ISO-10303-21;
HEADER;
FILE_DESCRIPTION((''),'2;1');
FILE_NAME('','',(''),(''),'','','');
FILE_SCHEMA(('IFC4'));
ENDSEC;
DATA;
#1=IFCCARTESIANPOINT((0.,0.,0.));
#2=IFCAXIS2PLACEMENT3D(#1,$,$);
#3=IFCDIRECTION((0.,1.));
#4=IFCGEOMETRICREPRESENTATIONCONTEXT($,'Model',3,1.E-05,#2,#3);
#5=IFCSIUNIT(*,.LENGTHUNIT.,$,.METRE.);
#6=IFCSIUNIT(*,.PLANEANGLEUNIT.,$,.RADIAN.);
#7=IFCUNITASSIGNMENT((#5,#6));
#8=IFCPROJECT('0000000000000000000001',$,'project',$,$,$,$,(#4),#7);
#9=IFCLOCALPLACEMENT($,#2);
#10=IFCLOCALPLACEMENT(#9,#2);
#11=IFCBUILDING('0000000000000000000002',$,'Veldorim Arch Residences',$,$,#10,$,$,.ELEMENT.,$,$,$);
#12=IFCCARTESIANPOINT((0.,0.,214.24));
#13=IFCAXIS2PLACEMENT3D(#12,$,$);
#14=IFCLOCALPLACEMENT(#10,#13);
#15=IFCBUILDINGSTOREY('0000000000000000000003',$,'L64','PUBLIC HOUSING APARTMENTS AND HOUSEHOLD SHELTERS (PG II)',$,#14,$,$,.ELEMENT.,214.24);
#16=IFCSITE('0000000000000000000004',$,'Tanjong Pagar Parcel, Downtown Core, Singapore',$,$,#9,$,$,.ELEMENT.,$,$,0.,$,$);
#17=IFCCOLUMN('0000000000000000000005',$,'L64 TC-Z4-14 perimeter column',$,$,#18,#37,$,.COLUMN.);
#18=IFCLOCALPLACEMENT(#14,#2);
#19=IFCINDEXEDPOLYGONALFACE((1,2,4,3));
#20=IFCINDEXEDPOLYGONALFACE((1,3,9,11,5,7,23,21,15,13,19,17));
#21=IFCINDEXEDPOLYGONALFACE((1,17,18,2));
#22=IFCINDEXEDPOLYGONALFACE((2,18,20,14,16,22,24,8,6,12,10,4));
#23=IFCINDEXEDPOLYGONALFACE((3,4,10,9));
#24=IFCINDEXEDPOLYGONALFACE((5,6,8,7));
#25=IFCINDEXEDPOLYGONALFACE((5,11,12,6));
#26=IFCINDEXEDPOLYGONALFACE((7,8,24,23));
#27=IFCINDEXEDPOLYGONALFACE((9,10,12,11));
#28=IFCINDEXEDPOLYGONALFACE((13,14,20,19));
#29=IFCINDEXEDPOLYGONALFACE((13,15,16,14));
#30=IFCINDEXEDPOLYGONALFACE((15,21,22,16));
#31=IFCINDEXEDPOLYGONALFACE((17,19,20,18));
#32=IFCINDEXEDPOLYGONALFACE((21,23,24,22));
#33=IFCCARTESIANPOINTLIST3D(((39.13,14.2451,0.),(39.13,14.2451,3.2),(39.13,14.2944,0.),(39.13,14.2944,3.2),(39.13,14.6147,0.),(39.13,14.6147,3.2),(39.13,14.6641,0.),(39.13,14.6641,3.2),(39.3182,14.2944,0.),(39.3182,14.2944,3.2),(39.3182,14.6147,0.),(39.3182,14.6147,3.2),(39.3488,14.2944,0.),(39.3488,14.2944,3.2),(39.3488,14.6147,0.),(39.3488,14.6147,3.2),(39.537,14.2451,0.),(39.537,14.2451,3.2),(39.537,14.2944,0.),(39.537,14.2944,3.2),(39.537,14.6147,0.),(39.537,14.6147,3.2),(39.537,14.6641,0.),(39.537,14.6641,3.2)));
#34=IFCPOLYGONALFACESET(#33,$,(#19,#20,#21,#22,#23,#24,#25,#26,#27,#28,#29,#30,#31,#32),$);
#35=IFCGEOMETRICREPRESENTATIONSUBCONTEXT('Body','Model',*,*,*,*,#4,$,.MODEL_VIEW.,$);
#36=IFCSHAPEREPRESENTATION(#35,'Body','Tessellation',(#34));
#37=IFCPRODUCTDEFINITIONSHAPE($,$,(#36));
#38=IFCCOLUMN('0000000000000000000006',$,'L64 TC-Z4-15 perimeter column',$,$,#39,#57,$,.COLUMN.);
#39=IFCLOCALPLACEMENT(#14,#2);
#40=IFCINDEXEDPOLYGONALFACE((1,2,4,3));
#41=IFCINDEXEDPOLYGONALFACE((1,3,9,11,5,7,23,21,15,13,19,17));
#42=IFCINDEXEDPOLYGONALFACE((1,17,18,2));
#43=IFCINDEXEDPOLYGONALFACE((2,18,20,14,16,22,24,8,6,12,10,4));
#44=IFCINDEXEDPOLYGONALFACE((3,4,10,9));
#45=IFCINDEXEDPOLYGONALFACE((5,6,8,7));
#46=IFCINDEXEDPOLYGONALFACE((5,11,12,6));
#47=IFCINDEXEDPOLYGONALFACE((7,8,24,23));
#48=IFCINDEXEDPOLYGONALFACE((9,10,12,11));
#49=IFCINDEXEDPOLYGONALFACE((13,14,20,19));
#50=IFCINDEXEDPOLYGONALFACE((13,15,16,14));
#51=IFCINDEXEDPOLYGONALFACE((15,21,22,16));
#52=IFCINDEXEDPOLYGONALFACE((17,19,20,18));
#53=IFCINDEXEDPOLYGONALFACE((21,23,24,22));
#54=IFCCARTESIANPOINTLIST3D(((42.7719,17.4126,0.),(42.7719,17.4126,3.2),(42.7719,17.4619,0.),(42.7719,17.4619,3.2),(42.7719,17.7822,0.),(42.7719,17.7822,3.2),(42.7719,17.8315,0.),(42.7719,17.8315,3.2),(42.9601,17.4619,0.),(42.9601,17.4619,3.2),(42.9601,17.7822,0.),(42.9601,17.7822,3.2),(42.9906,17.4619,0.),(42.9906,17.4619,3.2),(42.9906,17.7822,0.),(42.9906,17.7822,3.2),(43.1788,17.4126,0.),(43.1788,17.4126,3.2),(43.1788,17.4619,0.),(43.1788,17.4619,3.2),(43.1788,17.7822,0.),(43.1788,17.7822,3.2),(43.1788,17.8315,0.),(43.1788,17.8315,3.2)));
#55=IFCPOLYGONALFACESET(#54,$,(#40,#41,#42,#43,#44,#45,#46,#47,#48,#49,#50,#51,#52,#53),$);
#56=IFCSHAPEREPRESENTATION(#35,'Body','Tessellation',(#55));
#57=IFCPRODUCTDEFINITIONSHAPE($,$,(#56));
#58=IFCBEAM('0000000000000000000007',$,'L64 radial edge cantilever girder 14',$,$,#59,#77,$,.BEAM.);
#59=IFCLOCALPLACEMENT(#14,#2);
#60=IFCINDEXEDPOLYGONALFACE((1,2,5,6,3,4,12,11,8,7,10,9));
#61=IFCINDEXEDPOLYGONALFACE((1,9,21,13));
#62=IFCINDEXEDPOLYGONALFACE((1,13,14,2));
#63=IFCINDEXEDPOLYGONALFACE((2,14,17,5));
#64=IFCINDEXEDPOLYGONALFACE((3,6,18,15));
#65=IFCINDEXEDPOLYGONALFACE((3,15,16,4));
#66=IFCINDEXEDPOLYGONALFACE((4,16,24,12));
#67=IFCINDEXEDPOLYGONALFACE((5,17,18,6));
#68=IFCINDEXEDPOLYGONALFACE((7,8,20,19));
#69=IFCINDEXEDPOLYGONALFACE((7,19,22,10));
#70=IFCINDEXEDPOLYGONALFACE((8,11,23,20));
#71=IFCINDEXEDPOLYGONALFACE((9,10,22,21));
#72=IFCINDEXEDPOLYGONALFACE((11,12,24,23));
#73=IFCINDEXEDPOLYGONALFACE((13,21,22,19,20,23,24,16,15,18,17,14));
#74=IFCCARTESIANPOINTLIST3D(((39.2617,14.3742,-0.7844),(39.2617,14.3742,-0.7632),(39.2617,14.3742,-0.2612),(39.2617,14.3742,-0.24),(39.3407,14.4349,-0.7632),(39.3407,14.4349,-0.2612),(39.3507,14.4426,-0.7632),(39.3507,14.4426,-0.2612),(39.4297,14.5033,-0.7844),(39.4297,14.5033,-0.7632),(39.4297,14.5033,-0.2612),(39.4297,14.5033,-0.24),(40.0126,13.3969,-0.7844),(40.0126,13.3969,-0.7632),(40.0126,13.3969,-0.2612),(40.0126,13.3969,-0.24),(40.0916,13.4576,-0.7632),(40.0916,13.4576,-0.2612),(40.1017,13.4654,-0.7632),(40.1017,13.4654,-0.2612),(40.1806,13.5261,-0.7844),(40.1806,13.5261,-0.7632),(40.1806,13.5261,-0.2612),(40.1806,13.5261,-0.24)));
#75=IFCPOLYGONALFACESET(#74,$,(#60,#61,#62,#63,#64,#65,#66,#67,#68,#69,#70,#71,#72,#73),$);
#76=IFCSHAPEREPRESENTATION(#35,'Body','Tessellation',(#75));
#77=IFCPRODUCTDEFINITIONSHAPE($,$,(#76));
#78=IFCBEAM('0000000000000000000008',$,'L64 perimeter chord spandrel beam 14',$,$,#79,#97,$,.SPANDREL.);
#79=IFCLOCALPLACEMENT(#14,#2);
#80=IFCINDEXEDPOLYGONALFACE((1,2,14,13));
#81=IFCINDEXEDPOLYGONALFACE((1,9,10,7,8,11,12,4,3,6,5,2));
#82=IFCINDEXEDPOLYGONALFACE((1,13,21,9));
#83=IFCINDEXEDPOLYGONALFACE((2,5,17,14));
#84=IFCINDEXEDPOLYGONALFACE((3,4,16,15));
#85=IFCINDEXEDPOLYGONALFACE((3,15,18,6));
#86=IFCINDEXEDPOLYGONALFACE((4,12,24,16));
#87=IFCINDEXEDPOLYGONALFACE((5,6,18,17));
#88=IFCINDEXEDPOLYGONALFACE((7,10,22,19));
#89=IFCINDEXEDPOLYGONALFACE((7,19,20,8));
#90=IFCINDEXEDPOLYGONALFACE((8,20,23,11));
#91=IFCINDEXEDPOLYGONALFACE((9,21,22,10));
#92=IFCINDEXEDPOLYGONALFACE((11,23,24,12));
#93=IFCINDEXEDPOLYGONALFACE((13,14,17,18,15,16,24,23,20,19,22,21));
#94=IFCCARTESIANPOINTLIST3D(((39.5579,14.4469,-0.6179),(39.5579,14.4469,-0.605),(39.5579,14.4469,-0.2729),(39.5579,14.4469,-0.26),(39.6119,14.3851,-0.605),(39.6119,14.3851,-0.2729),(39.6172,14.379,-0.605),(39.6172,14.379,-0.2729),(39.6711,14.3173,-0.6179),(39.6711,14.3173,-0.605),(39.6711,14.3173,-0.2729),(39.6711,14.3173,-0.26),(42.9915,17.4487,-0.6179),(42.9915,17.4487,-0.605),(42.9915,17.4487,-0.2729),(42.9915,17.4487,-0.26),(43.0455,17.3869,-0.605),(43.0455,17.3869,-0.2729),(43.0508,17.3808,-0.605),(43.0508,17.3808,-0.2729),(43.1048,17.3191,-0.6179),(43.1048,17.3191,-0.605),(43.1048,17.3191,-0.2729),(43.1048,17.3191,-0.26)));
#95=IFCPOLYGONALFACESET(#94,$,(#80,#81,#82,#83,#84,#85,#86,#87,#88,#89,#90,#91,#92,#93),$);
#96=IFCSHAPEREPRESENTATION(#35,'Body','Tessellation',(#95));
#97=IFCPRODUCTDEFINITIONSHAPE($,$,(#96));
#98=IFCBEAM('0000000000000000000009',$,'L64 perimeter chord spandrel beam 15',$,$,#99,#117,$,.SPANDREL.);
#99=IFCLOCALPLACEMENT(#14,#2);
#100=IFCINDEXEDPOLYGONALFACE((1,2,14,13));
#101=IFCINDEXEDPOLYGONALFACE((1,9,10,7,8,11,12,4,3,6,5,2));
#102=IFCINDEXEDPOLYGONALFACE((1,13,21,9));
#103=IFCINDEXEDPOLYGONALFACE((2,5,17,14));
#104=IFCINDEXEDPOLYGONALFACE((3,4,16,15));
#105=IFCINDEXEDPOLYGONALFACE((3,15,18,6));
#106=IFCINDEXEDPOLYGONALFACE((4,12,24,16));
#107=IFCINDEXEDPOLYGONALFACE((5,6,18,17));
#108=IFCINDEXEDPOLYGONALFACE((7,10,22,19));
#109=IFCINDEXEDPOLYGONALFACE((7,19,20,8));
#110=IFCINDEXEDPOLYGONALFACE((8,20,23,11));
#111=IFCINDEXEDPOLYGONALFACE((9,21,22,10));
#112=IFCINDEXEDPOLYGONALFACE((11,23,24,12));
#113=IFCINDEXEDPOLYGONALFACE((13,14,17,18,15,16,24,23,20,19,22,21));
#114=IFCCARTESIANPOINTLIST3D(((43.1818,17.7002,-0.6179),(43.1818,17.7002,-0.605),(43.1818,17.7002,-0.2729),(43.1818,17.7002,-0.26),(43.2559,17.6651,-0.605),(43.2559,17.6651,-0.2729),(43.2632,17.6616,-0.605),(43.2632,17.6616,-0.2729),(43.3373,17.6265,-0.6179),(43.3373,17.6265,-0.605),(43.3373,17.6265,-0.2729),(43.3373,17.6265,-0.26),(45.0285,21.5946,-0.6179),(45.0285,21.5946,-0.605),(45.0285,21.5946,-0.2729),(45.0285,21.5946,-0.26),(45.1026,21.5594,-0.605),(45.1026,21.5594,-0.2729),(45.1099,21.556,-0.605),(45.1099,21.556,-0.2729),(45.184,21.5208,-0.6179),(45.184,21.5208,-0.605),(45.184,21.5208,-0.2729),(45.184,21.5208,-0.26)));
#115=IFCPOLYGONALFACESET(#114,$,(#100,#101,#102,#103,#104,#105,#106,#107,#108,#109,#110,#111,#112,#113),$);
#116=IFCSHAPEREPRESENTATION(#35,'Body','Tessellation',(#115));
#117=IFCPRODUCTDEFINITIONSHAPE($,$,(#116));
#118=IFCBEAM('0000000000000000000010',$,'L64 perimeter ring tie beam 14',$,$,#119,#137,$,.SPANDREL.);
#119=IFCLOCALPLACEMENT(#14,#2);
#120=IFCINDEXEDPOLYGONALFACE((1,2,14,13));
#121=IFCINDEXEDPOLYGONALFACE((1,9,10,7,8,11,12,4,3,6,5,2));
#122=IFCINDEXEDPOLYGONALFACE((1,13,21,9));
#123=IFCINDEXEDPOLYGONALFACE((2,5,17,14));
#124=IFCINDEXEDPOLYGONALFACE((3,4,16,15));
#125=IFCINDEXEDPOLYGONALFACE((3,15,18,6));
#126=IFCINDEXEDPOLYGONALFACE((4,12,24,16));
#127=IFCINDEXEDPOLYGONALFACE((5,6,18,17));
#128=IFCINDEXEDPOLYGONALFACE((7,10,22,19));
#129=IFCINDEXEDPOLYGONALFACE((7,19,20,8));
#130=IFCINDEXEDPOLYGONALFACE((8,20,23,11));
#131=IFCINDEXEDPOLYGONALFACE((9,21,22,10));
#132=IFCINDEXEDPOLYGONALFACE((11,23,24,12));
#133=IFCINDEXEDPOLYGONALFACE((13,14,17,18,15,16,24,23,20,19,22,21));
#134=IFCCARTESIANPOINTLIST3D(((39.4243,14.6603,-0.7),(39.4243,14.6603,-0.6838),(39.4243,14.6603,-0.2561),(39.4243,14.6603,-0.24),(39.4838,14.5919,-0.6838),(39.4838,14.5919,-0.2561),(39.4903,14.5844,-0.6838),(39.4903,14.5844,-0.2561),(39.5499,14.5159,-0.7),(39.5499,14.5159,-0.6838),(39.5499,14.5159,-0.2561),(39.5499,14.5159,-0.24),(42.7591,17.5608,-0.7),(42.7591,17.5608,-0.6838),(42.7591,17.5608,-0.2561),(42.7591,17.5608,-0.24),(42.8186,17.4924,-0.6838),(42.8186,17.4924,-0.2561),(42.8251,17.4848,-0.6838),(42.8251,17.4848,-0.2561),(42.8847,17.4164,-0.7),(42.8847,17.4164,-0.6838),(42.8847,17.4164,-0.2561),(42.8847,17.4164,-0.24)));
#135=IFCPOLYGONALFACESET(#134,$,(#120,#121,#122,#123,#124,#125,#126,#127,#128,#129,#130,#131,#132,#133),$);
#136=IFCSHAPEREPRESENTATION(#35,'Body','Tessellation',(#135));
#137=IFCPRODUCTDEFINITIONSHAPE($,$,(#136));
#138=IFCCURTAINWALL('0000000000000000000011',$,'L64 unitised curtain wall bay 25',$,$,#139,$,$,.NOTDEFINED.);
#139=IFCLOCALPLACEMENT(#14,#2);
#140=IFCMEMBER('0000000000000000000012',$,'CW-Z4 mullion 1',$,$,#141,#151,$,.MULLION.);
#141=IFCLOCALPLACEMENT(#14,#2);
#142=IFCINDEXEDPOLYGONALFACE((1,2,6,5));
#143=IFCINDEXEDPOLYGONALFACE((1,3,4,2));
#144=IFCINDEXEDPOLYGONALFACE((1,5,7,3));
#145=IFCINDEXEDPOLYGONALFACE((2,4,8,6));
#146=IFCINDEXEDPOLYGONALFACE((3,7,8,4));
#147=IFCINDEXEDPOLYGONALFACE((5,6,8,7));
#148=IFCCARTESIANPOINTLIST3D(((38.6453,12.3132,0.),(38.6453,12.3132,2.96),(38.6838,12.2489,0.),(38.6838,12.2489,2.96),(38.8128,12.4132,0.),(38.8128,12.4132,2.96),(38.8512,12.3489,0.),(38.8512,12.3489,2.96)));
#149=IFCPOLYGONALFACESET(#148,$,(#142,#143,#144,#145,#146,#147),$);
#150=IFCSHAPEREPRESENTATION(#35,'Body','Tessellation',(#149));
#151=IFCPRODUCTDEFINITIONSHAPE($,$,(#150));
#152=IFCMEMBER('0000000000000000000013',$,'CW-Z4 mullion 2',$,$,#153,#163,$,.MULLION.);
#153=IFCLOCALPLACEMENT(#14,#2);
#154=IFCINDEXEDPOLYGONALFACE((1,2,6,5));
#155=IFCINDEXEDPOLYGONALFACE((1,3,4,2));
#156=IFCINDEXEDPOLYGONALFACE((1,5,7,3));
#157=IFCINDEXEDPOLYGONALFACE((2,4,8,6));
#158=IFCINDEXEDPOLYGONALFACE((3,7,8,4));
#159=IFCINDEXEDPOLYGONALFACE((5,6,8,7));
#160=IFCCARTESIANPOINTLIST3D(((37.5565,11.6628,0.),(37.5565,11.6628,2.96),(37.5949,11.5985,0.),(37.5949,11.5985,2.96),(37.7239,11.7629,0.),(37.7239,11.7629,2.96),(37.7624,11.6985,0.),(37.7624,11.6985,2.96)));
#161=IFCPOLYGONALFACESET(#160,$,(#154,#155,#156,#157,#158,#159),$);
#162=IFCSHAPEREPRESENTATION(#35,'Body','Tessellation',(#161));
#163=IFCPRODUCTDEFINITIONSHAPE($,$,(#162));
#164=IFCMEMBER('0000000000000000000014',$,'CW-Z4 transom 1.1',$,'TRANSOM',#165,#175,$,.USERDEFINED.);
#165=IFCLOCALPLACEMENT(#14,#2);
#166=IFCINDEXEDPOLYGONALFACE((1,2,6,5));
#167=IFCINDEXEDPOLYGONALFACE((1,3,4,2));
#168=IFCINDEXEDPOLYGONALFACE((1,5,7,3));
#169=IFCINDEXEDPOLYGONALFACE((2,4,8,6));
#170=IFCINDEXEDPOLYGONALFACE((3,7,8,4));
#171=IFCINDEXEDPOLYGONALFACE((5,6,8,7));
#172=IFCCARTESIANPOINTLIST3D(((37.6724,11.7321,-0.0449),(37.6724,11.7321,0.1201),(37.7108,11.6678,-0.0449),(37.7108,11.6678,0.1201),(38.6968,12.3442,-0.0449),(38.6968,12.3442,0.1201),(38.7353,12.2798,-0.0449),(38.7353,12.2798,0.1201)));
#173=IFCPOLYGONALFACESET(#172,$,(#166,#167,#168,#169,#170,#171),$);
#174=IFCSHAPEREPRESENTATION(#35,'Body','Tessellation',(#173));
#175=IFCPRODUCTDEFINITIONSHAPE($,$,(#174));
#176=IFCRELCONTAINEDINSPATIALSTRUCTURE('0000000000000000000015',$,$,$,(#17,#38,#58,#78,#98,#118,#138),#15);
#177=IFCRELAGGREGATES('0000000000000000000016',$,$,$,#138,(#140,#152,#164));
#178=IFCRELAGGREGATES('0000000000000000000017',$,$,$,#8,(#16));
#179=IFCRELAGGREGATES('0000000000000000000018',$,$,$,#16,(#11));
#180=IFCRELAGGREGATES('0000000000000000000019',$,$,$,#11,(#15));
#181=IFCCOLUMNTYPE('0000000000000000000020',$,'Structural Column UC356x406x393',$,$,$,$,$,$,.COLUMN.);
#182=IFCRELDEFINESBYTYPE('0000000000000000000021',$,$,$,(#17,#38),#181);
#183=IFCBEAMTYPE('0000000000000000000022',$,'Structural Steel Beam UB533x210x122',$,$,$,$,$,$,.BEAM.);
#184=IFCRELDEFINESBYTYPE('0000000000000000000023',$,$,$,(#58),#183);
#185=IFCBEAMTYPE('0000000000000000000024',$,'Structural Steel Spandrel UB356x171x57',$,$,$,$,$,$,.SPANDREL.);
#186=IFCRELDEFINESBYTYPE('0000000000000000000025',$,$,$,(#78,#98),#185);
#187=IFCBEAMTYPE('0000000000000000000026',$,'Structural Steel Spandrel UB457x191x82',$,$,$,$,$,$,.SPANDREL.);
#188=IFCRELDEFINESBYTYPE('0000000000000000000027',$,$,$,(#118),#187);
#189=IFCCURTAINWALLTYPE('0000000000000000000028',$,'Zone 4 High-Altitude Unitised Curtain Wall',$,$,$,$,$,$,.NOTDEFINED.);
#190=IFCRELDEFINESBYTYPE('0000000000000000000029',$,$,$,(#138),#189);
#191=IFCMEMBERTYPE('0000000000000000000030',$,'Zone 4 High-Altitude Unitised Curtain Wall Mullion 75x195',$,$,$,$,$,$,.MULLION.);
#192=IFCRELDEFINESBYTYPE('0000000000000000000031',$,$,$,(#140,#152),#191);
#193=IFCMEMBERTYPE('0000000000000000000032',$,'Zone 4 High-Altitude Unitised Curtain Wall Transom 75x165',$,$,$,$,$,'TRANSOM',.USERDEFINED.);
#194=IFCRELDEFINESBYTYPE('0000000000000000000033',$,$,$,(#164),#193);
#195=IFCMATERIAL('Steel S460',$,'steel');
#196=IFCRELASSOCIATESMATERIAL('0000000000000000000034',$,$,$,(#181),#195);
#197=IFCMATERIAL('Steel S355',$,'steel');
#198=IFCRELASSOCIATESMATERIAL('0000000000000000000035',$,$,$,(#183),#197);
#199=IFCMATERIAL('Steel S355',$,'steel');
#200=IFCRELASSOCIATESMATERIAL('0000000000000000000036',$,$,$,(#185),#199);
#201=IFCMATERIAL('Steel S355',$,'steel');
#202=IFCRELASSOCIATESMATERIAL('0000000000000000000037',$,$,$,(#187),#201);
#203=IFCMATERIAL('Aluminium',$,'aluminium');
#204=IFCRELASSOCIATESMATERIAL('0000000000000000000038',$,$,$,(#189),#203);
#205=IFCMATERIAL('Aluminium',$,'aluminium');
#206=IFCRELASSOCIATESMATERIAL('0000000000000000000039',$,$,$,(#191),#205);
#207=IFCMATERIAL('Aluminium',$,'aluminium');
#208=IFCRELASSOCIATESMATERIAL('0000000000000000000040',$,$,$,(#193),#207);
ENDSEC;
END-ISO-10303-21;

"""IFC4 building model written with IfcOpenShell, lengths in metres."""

from ifc_helpers import new_model, si_unit, direction, frame, origin, origin_2d, place, context, subcontext, project, spatial, rectangle, i_section, extrude, material, material_profile, profile_set, type_object, element, aggregate, save


model = new_model("IFC4")

# Units and contexts
model_context = context("Model", 3, precision=1e-05, world=origin(), true_north=direction((0.0, 1.0)))
body_context = subcontext(model_context, "Body", "Model", "MODEL_VIEW")
ifc_project = project(units=[si_unit("LENGTHUNIT", "METRE"), si_unit("PLANEANGLEUNIT", "RADIAN")], contexts=[model_context])

# Site, building, storey
site_placement = place(None, origin())
site = spatial("IfcSite", under=ifc_project, at=site_placement, Name="Tanjong Pagar Parcel, Downtown Core, Singapore", CompositionType="ELEMENT", RefElevation=0.0)
building_placement = place(site_placement, origin())
building = spatial("IfcBuilding", under=site, at=building_placement, Name="Veldorim Arch Residences", CompositionType="ELEMENT")
storey_placement = place(building_placement, frame((0.0, 0.0, 214.24)))
storey = spatial("IfcBuildingStorey", under=building, at=storey_placement, Name="L64", Description="PUBLIC HOUSING APARTMENTS AND HOUSEHOLD SHELTERS (PG II)", CompositionType="ELEMENT", Elevation=214.24)

# Columns
ifc_material_1 = material(Name="Steel S460", Category="steel")
ifc_material_profile_1 = material_profile(ifc_material_1, i_section(OverallWidth=0.407, OverallDepth=0.4189, WebThickness=0.0305, FlangeThickness=0.0493, at=origin_2d()), Name="UC356x406x393")
ifc_profile_set_1 = profile_set([ifc_material_profile_1], Name="Steel S460")
column_type = type_object("IfcColumnType", Name="Structural Column UC356x406x393", PredefinedType="COLUMN", material=ifc_profile_set_1)
for number, where, z_axis, x_axis, name in (
    (1, (39.3335, 14.4546, 0.0), (0.0, 0.0, 1.0), (1.0, 0.0, 0.0), "L64 TC-Z4-14 perimeter column"),
    (2, (42.9753, 17.6221, 0.0), (0.0, 0.0, 1.0), (1.0, 0.0, 0.0), "L64 TC-Z4-15 perimeter column"),
):
    element("IfcColumn", number, at=place(storey_placement, frame(where, z_axis=z_axis, x_axis=x_axis)), inside=storey, type_object=column_type, Name=name, PredefinedType="COLUMN", context=body_context, shape_type="SweptSolid", body=[
        extrude(i_section(OverallWidth=0.407, OverallDepth=0.4189, WebThickness=0.0305, FlangeThickness=0.0493, at=origin_2d()), origin(), (0.0, 0.0, 1.0), 3.2),
    ])

# Beams
ifc_material_2 = material(Name="Steel S355", Category="steel")
ifc_material_profile_2 = material_profile(ifc_material_2, i_section(OverallWidth=0.2119, OverallDepth=0.5444, WebThickness=0.0127, FlangeThickness=0.0212, at=origin_2d()), Name="UB533x210x122")
ifc_profile_set_2 = profile_set([ifc_material_profile_2], Name="Steel S355")
beam_type_1 = type_object("IfcBeamType", Name="Structural Steel Beam UB533x210x122", PredefinedType="BEAM", material=ifc_profile_set_2)
beam_1_placement = place(storey_placement, frame((39.3457, 14.4387, -0.5122), z_axis=(0.609309, -0.792933, 0.0), x_axis=(0.792933, 0.609309, 0.0)))
element("IfcBeam", 3, at=beam_1_placement, inside=storey, type_object=beam_type_1, Name="L64 radial edge cantilever girder 14", PredefinedType="BEAM", context=body_context, shape_type="SweptSolid", body=[
    extrude(i_section(OverallWidth=0.2119, OverallDepth=0.5444, WebThickness=0.0127, FlangeThickness=0.0212, at=origin_2d()), origin(), (0.0, 0.0, 1.0), 1.2324),
])
ifc_material_3 = material(Name="Steel S355", Category="steel")
ifc_material_profile_3 = material_profile(ifc_material_3, i_section(OverallWidth=0.1721, OverallDepth=0.3579, WebThickness=0.0081, FlangeThickness=0.0129, at=origin_2d()), Name="UB356x171x57")
ifc_profile_set_3 = profile_set([ifc_material_profile_3], Name="Steel S355")
beam_type_2 = type_object("IfcBeamType", Name="Structural Steel Spandrel UB356x171x57", PredefinedType="SPANDREL", material=ifc_profile_set_3)
beam_2_placement = place(storey_placement, frame((39.6145, 14.3821, -0.439), z_axis=(0.752868, 0.658171, 0.0), x_axis=(-0.658171, 0.752868, 0.0)))
element("IfcBeam", 4, at=beam_2_placement, inside=storey, type_object=beam_type_2, Name="L64 perimeter chord spandrel beam 14", PredefinedType="SPANDREL", context=body_context, shape_type="SweptSolid", body=[
    extrude(i_section(OverallWidth=0.1721, OverallDepth=0.3579, WebThickness=0.0081, FlangeThickness=0.0129, at=origin_2d()), origin(), (0.0, 0.0, 1.0), 4.5608),
])
beam_3_placement = place(storey_placement, frame((43.2595, 17.6633, -0.439), z_axis=(0.428469, 0.903557, 0.0), x_axis=(-0.903557, 0.428469, 0.0)))
element("IfcBeam", 5, at=beam_3_placement, inside=storey, type_object=beam_type_2, Name="L64 perimeter chord spandrel beam 15", PredefinedType="SPANDREL", context=body_context, shape_type="SweptSolid", body=[
    extrude(i_section(OverallWidth=0.1721, OverallDepth=0.3579, WebThickness=0.0081, FlangeThickness=0.0129, at=origin_2d()), origin(), (0.0, 0.0, 1.0), 4.3101),
])
ifc_material_4 = material(Name="Steel S355", Category="steel")
ifc_material_profile_4 = material_profile(ifc_material_4, i_section(OverallWidth=0.1914, OverallDepth=0.46, WebThickness=0.01, FlangeThickness=0.0161, at=origin_2d()), Name="UB457x191x82")
ifc_profile_set_4 = profile_set([ifc_material_profile_4], Name="Steel S355")
beam_type_3 = type_object("IfcBeamType", Name="Structural Steel Spandrel UB457x191x82", PredefinedType="SPANDREL", material=ifc_profile_set_4)
beam_4_placement = place(storey_placement, frame((39.4871, 14.5881, -0.47), z_axis=(0.754534, 0.656261, 0.0), x_axis=(-0.656261, 0.754534, 0.0)))
element("IfcBeam", 6, at=beam_4_placement, inside=storey, type_object=beam_type_3, Name="L64 perimeter ring tie beam 14", PredefinedType="SPANDREL", context=body_context, shape_type="SweptSolid", body=[
    extrude(i_section(OverallWidth=0.1914, OverallDepth=0.46, WebThickness=0.01, FlangeThickness=0.0161, at=origin_2d()), origin(), (0.0, 0.0, 1.0), 4.4197),
])

# Curtain wall, members
ifc_material_5 = material(Name="Aluminium", Category="aluminium")
curtain_wall_type = type_object("IfcCurtainWallType", Name="Zone 4 High-Altitude Unitised Curtain Wall", PredefinedType="NOTDEFINED", material=ifc_material_5)
curtain_wall_placement = place(storey_placement, origin())
curtain_wall = element("IfcCurtainWall", 7, at=curtain_wall_placement, inside=storey, type_object=curtain_wall_type, Name="L64 unitised curtain wall bay 25", PredefinedType="NOTDEFINED")
ifc_material_6 = material(Name="Aluminium", Category="aluminium")
ifc_material_profile_5 = material_profile(ifc_material_6, rectangle(XDim=0.075, YDim=0.1951, at=origin_2d()), Name="ALU_MUL_75x195")
ifc_profile_set_5 = profile_set([ifc_material_profile_5], Name="Aluminium")
member_type_1 = type_object("IfcMemberType", Name="Zone 4 High-Altitude Unitised Curtain Wall Mullion 75x195", PredefinedType="MULLION", material=ifc_profile_set_5)
member_1_placement = place(storey_placement, frame((38.7483, 12.3311, 0.0), z_axis=(0.0, 0.0, 1.0), x_axis=(0.512817, -0.858498, 0.0)))
member_1 = element("IfcMember", 8, at=member_1_placement, type_object=member_type_1, Name="CW-Z4 mullion 1", PredefinedType="MULLION", context=body_context, shape_type="SweptSolid", body=[
    extrude(rectangle(XDim=0.075, YDim=0.1951, at=origin_2d()), origin(), (0.0, 0.0, 1.0), 2.96),
])
member_2_placement = place(storey_placement, frame((37.6594, 11.6807, 0.0), z_axis=(0.0, 0.0, 1.0), x_axis=(0.512817, -0.858498, 0.0)))
member_2 = element("IfcMember", 9, at=member_2_placement, type_object=member_type_1, Name="CW-Z4 mullion 2", PredefinedType="MULLION", context=body_context, shape_type="SweptSolid", body=[
    extrude(rectangle(XDim=0.075, YDim=0.1951, at=origin_2d()), origin(), (0.0, 0.0, 1.0), 2.96),
])
ifc_material_7 = material(Name="Aluminium", Category="aluminium")
ifc_material_profile_6 = material_profile(ifc_material_7, rectangle(XDim=0.075, YDim=0.165, at=origin_2d()), Name="ALU_TRN_75x165")
ifc_profile_set_6 = profile_set([ifc_material_profile_6], Name="Aluminium")
member_type_2 = type_object("IfcMemberType", Name="Zone 4 High-Altitude Unitised Curtain Wall Transom 75x165", ElementType="TRANSOM", PredefinedType="USERDEFINED", material=ifc_profile_set_6)
member_3_placement = place(storey_placement, frame((38.7161, 12.312, 0.0376), z_axis=(-0.858448, -0.5129, 0.0), x_axis=(0.5129, -0.858448, 0.0)))
member_3 = element("IfcMember", 10, at=member_3_placement, type_object=member_type_2, Name="CW-Z4 transom 1.1", ObjectType="TRANSOM", PredefinedType="USERDEFINED", context=body_context, shape_type="SweptSolid", body=[
    extrude(rectangle(XDim=0.075, YDim=0.165, at=origin_2d()), origin(), (0.0, 0.0, 1.0), 1.1934),
])
aggregate(curtain_wall, [member_1, member_2, member_3])

save(model, "model.ifc")
